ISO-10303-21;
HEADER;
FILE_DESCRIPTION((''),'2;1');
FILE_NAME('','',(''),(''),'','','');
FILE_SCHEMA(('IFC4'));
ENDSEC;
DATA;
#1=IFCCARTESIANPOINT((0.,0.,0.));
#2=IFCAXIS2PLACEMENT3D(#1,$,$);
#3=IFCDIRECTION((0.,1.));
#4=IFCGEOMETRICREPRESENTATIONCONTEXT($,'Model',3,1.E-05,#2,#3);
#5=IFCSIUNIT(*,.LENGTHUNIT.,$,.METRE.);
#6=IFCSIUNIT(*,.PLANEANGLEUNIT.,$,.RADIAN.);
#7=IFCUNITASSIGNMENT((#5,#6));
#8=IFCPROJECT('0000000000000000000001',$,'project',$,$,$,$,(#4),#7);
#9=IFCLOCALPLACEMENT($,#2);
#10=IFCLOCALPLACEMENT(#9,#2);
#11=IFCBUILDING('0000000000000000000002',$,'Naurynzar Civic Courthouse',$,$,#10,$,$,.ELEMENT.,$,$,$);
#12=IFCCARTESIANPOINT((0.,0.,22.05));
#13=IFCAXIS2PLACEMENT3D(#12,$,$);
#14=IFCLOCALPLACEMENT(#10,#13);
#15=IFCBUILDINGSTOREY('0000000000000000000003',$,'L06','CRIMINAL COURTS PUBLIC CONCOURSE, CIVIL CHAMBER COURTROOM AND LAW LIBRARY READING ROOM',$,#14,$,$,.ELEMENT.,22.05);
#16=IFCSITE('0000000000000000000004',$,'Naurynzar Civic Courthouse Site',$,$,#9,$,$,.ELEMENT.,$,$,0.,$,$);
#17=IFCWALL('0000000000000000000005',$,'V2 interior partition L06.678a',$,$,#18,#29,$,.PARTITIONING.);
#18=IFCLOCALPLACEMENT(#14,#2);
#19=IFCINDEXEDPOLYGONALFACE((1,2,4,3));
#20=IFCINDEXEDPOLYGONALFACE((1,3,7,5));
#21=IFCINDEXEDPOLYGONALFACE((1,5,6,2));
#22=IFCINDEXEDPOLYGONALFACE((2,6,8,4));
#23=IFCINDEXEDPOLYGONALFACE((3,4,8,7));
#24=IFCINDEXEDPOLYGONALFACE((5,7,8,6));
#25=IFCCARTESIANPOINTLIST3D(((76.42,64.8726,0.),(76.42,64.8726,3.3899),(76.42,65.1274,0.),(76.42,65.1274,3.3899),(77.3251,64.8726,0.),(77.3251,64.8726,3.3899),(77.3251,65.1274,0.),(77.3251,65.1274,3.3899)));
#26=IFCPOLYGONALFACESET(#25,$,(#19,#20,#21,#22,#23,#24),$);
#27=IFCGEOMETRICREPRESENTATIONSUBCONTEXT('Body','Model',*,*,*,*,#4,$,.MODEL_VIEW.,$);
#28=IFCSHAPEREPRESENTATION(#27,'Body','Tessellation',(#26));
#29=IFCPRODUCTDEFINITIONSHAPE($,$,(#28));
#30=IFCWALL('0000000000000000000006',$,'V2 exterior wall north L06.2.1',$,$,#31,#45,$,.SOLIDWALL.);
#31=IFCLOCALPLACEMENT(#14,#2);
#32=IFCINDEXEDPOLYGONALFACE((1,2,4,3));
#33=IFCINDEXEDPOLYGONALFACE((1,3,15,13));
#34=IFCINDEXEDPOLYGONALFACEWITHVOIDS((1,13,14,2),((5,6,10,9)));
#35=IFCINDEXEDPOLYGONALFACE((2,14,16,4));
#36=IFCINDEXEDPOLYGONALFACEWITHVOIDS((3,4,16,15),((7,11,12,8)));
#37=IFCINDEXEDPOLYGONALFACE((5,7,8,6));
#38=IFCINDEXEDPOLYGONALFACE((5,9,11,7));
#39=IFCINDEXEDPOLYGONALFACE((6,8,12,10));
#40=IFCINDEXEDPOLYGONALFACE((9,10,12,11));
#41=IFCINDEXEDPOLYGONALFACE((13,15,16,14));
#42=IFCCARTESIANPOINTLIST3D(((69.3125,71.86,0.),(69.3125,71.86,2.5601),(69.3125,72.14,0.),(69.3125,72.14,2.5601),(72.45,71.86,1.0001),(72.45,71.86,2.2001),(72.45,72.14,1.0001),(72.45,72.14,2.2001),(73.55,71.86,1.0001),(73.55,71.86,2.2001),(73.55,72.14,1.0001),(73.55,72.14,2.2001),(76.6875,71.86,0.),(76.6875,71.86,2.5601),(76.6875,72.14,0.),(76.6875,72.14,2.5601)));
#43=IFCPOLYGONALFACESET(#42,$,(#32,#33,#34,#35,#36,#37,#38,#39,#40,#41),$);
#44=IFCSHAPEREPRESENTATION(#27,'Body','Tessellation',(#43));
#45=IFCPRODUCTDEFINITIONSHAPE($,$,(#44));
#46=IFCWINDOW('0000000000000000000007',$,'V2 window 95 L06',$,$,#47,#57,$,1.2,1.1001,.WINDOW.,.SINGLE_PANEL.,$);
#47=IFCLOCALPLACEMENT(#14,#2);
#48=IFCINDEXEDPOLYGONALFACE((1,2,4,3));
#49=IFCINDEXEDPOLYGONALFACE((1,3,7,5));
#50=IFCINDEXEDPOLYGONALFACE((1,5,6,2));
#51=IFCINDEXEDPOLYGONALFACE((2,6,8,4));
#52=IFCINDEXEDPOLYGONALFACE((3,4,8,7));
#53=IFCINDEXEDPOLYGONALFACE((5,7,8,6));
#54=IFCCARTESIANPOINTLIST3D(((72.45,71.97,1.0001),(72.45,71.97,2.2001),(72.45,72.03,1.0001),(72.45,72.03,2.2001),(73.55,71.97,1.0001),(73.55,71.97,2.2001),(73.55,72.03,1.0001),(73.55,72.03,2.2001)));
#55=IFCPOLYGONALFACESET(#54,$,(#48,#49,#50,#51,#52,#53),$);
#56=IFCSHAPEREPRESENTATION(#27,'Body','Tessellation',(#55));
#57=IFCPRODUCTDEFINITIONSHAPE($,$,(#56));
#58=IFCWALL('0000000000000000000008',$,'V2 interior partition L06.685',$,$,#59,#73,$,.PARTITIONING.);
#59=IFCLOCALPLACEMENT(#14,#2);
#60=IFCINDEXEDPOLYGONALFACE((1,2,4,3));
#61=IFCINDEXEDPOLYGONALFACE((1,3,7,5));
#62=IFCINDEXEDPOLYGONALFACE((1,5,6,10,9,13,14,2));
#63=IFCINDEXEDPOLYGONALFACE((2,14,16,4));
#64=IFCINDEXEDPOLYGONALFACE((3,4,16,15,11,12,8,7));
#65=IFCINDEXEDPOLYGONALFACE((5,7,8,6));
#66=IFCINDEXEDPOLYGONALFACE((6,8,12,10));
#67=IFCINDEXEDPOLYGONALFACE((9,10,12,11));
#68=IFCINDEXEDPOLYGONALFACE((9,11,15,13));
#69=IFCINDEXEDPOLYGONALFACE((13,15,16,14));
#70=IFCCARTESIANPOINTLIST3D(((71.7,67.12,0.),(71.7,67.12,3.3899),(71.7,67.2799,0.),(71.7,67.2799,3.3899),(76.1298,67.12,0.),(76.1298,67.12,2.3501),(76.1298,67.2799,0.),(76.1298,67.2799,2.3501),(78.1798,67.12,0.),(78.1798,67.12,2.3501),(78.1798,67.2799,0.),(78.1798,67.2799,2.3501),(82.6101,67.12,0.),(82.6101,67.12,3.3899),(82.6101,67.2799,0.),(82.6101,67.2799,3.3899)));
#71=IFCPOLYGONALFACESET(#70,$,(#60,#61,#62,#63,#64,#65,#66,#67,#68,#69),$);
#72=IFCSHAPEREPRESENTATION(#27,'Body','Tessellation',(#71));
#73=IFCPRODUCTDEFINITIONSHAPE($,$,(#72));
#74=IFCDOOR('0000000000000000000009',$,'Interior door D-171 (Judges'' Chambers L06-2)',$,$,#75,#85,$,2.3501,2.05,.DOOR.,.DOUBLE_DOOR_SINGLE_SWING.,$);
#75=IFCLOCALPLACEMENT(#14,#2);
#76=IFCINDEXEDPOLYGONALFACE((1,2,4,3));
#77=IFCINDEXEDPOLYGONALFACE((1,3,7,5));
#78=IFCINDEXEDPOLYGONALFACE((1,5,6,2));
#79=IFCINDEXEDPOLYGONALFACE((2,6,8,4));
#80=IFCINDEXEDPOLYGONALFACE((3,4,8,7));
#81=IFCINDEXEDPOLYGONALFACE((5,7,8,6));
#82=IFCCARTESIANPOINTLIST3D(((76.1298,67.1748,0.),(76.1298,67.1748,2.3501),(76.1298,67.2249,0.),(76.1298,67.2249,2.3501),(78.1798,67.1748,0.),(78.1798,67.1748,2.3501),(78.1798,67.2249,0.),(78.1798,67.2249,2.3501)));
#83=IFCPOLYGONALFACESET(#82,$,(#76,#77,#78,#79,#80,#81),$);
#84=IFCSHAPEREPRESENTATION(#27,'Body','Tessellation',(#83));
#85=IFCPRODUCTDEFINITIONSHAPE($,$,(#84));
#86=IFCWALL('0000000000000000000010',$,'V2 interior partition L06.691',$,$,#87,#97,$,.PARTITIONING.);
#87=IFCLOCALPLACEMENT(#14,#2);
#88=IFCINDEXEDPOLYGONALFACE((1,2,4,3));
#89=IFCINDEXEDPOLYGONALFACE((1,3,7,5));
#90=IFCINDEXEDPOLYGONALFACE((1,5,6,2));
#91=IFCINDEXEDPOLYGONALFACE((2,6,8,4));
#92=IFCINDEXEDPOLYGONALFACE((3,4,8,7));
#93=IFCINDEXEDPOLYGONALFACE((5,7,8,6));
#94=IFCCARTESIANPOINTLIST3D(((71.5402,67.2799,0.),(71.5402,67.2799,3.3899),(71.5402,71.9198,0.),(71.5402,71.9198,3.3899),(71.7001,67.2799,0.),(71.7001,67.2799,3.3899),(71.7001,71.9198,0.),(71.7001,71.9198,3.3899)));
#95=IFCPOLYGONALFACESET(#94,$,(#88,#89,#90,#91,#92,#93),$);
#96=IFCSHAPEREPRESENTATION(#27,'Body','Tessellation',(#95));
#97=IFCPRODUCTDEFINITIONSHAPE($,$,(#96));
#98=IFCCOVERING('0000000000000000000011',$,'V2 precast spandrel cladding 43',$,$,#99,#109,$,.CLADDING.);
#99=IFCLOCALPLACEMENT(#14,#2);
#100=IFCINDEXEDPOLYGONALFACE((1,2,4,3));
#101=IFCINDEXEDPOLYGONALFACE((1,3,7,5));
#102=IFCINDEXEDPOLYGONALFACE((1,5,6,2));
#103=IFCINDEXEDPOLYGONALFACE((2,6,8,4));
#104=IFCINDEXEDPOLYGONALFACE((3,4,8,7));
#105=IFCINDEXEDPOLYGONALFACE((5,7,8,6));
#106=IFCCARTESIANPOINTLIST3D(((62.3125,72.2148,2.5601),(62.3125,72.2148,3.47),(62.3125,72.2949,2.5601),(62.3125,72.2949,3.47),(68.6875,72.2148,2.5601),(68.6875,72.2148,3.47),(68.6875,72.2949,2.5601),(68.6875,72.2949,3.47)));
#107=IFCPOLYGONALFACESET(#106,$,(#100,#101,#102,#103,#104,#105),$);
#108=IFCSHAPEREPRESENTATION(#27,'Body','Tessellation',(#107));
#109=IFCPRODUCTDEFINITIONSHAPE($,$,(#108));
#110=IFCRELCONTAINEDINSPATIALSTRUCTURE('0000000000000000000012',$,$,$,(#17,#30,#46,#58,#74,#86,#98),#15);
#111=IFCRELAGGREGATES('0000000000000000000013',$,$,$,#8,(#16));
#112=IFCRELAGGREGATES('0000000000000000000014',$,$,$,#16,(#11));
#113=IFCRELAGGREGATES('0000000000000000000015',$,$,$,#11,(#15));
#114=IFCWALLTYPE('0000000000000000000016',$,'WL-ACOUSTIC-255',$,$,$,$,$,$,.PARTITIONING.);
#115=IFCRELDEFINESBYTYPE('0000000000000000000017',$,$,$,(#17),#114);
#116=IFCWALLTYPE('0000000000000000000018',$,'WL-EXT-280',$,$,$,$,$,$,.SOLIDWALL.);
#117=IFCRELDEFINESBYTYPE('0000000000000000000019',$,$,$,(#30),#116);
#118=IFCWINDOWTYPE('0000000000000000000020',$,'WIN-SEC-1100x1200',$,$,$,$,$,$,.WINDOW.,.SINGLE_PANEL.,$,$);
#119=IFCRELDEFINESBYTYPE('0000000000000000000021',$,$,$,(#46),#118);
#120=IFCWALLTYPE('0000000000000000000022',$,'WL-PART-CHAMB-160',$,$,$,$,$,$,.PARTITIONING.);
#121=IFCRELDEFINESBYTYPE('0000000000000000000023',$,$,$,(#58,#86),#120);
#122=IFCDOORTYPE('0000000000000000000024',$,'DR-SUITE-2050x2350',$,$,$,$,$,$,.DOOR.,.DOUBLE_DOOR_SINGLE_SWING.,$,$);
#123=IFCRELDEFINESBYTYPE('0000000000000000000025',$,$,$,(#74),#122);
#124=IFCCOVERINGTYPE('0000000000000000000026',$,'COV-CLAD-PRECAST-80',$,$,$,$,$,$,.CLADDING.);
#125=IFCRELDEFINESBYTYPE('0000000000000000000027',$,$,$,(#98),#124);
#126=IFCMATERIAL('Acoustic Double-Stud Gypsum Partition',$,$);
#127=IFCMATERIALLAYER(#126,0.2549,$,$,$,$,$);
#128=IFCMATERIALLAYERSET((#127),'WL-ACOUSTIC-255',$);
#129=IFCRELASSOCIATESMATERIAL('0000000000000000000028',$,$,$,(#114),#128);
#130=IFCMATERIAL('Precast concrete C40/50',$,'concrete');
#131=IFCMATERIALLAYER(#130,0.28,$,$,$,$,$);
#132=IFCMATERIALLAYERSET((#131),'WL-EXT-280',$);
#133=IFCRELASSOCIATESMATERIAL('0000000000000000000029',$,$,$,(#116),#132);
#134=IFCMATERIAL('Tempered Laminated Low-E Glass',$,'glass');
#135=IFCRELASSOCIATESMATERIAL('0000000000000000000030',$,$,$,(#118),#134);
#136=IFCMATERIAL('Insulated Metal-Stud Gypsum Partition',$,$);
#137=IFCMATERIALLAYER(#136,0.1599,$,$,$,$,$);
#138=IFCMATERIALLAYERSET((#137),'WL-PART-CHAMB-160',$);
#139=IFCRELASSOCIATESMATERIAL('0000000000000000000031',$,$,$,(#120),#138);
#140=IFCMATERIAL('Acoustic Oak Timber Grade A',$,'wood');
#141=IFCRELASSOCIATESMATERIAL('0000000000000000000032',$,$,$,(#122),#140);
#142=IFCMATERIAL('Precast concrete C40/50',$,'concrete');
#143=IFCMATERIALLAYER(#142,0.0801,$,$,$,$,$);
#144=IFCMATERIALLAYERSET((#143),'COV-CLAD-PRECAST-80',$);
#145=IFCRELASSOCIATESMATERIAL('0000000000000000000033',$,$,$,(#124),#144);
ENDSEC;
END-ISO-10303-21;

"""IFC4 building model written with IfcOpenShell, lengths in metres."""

from ifc_helpers import new_model, si_unit, direction, frame, frame_2d, origin, origin_2d, place, context, subcontext, project, spatial, rectangle, extrude, material, layer, layer_set, type_object, element, fill, save


model = new_model("IFC4")

# Units and contexts
model_context = context("Model", 3, precision=1e-05, world=origin(), true_north=direction((0.0, 1.0)))
body_context = subcontext(model_context, "Body", "Model", "MODEL_VIEW")
ifc_project = project(units=[si_unit("LENGTHUNIT", "METRE"), si_unit("PLANEANGLEUNIT", "RADIAN")], contexts=[model_context])

# Site, building, storey
site_placement = place(None, origin())
site = spatial("IfcSite", under=ifc_project, at=site_placement, Name="Naurynzar Civic Courthouse Site", CompositionType="ELEMENT", RefElevation=0.0)
building_placement = place(site_placement, origin())
building = spatial("IfcBuilding", under=site, at=building_placement, Name="Naurynzar Civic Courthouse", CompositionType="ELEMENT")
storey_placement = place(building_placement, frame((0.0, 0.0, 22.05)))
storey = spatial("IfcBuildingStorey", under=building, at=storey_placement, Name="L06", Description="CRIMINAL COURTS PUBLIC CONCOURSE, CIVIL CHAMBER COURTROOM AND LAW LIBRARY READING ROOM", CompositionType="ELEMENT", Elevation=22.05)

# Wall
ifc_material_1 = material(Name="Acoustic Double-Stud Gypsum Partition")
ifc_layer_1 = layer(ifc_material_1, 0.2549)
ifc_layer_set_1 = layer_set([ifc_layer_1], Name="WL-ACOUSTIC-255")
wall_type_1 = type_object("IfcWallType", Name="WL-ACOUSTIC-255", PredefinedType="PARTITIONING", material=ifc_layer_set_1)
wall_1_placement = place(storey_placement, frame((76.4199, 65.0, 0.0), z_axis=(0.0, 0.0, 1.0), x_axis=(1.0, 0.0, 0.0)))
element("IfcWall", 1, at=wall_1_placement, inside=storey, type_object=wall_type_1, Name="V2 interior partition L06.678a", PredefinedType="PARTITIONING", context=body_context, shape_type="SweptSolid", body=[
    extrude(rectangle(XDim=0.905, YDim=0.2549, at=frame_2d((0.4526, 0.0))), origin(), (0.0, 0.0, 1.0), 3.3899),
])

# Wall, opening, window
ifc_material_2 = material(Name="Precast concrete C40/50", Category="concrete")
ifc_layer_2 = layer(ifc_material_2, 0.28)
ifc_layer_set_2 = layer_set([ifc_layer_2], Name="WL-EXT-280")
wall_type_2 = type_object("IfcWallType", Name="WL-EXT-280", PredefinedType="SOLIDWALL", material=ifc_layer_set_2)
wall_2_placement = place(storey_placement, frame((69.3125, 72.0, 0.0), z_axis=(0.0, 0.0, 1.0), x_axis=(1.0, 0.0, 0.0)))
wall_2 = element("IfcWall", 2, at=wall_2_placement, inside=storey, type_object=wall_type_2, Name="V2 exterior wall north L06.2.1", PredefinedType="SOLIDWALL", context=body_context, shape_type="SweptSolid", body=[
    extrude(rectangle(XDim=7.375, YDim=0.28, at=frame_2d((3.6875, 0.0))), origin(), (0.0, 0.0, 1.0), 2.5601),
])
opening_1_placement = place(wall_2_placement, frame((3.1375, 0.0, 1.0)))
opening_1 = element("IfcOpeningElement", 3, at=opening_1_placement, cuts=wall_2, PredefinedType="OPENING", context=body_context, shape_type="SweptSolid", body=[
    extrude(rectangle(XDim=1.1001, YDim=1.2, at=frame_2d((0.55, 0.6001))), frame((0.0, 0.1499, 0.0), z_axis=(0.0, -1.0, 0.0), x_axis=(1.0, 0.0, 0.0)), (0.0, 0.0, 1.0), 0.3),
])
ifc_material_3 = material(Name="Tempered Laminated Low-E Glass", Category="glass")
window_type = type_object("IfcWindowType", Name="WIN-SEC-1100x1200", PartitioningType="SINGLE_PANEL", PredefinedType="WINDOW", material=ifc_material_3)
window_placement = place(opening_1_placement, origin())
window = element("IfcWindow", 4, at=window_placement, inside=storey, type_object=window_type, Name="V2 window 95 L06", OverallHeight=1.2, OverallWidth=1.1001, PartitioningType="SINGLE_PANEL", PredefinedType="WINDOW", context=body_context, shape_type="SweptSolid", body=[
    extrude(rectangle(XDim=1.1001, YDim=1.2, at=frame_2d((0.55, 0.6001))), frame((0.0, 0.03, 0.0), z_axis=(0.0, -1.0, 0.0), x_axis=(1.0, 0.0, 0.0)), (0.0, 0.0, 1.0), 0.0601),
])
fill(opening_1, window)

# Wall, opening, door
ifc_material_4 = material(Name="Insulated Metal-Stud Gypsum Partition")
ifc_layer_3 = layer(ifc_material_4, 0.1599)
ifc_layer_set_3 = layer_set([ifc_layer_3], Name="WL-PART-CHAMB-160")
wall_type_3 = type_object("IfcWallType", Name="WL-PART-CHAMB-160", PredefinedType="PARTITIONING", material=ifc_layer_set_3)
wall_3_placement = place(storey_placement, frame((71.7, 67.2, 0.0), z_axis=(0.0, 0.0, 1.0), x_axis=(1.0, 0.0, 0.0)))
wall_3 = element("IfcWall", 5, at=wall_3_placement, inside=storey, type_object=wall_type_3, Name="V2 interior partition L06.685", PredefinedType="PARTITIONING", context=body_context, shape_type="SweptSolid", body=[
    extrude(rectangle(XDim=10.9102, YDim=0.1599, at=frame_2d((5.4551, 0.0))), origin(), (0.0, 0.0, 1.0), 3.3899),
])
opening_2_placement = place(wall_3_placement, frame((4.4299, 0.0, 0.0)))
opening_2 = element("IfcOpeningElement", 6, at=opening_2_placement, cuts=wall_3, PredefinedType="OPENING", context=body_context, shape_type="SweptSolid", body=[
    extrude(rectangle(XDim=2.05, YDim=2.3501, at=frame_2d((1.0249, 1.175))), frame((0.0, 0.0898, 0.0), z_axis=(0.0, -1.0, 0.0), x_axis=(1.0, 0.0, 0.0)), (0.0, 0.0, 1.0), 0.1799),
])
ifc_material_5 = material(Name="Acoustic Oak Timber Grade A", Category="wood")
door_type = type_object("IfcDoorType", Name="DR-SUITE-2050x2350", OperationType="DOUBLE_DOOR_SINGLE_SWING", PredefinedType="DOOR", material=ifc_material_5)
door_placement = place(opening_2_placement, origin())
door = element("IfcDoor", 7, at=door_placement, inside=storey, type_object=door_type, Name="Interior door D-171 (Judges' Chambers L06-2)", OperationType="DOUBLE_DOOR_SINGLE_SWING", OverallHeight=2.3501, OverallWidth=2.05, PredefinedType="DOOR", context=body_context, shape_type="SweptSolid", body=[
    extrude(rectangle(XDim=2.05, YDim=2.3501, at=frame_2d((1.0249, 1.175))), frame((0.0, 0.0249, 0.0), z_axis=(0.0, -1.0, 0.0), x_axis=(1.0, 0.0, 0.0)), (0.0, 0.0, 1.0), 0.05),
])
fill(opening_2, door)

# Wall
wall_4_placement = place(storey_placement, frame((71.6201, 67.28, 0.0), z_axis=(0.0, 0.0, 1.0), x_axis=(0.0, 1.0, 0.0)))
element("IfcWall", 8, at=wall_4_placement, inside=storey, type_object=wall_type_3, Name="V2 interior partition L06.691", PredefinedType="PARTITIONING", context=body_context, shape_type="SweptSolid", body=[
    extrude(rectangle(XDim=4.6399, YDim=0.1599, at=frame_2d((2.3198, 0.0))), origin(), (0.0, 0.0, 1.0), 3.3899),
])

# Covering
ifc_material_6 = material(Name="Precast concrete C40/50", Category="concrete")
ifc_layer_4 = layer(ifc_material_6, 0.0801)
ifc_layer_set_4 = layer_set([ifc_layer_4], Name="COV-CLAD-PRECAST-80")
covering_type = type_object("IfcCoveringType", Name="COV-CLAD-PRECAST-80", PredefinedType="CLADDING", material=ifc_layer_set_4)
covering_placement = place(storey_placement, frame((65.5, 72.2549, 2.5601), z_axis=(0.0, 0.0, 1.0), x_axis=(1.0, 0.0, 0.0)))
element("IfcCovering", 9, at=covering_placement, inside=storey, type_object=covering_type, Name="V2 precast spandrel cladding 43", PredefinedType="CLADDING", context=body_context, shape_type="SweptSolid", body=[
    extrude(rectangle(XDim=6.375, YDim=0.0801, at=origin_2d()), origin(), (0.0, 0.0, 1.0), 0.9099),
])

save(model, "model.ifc")
